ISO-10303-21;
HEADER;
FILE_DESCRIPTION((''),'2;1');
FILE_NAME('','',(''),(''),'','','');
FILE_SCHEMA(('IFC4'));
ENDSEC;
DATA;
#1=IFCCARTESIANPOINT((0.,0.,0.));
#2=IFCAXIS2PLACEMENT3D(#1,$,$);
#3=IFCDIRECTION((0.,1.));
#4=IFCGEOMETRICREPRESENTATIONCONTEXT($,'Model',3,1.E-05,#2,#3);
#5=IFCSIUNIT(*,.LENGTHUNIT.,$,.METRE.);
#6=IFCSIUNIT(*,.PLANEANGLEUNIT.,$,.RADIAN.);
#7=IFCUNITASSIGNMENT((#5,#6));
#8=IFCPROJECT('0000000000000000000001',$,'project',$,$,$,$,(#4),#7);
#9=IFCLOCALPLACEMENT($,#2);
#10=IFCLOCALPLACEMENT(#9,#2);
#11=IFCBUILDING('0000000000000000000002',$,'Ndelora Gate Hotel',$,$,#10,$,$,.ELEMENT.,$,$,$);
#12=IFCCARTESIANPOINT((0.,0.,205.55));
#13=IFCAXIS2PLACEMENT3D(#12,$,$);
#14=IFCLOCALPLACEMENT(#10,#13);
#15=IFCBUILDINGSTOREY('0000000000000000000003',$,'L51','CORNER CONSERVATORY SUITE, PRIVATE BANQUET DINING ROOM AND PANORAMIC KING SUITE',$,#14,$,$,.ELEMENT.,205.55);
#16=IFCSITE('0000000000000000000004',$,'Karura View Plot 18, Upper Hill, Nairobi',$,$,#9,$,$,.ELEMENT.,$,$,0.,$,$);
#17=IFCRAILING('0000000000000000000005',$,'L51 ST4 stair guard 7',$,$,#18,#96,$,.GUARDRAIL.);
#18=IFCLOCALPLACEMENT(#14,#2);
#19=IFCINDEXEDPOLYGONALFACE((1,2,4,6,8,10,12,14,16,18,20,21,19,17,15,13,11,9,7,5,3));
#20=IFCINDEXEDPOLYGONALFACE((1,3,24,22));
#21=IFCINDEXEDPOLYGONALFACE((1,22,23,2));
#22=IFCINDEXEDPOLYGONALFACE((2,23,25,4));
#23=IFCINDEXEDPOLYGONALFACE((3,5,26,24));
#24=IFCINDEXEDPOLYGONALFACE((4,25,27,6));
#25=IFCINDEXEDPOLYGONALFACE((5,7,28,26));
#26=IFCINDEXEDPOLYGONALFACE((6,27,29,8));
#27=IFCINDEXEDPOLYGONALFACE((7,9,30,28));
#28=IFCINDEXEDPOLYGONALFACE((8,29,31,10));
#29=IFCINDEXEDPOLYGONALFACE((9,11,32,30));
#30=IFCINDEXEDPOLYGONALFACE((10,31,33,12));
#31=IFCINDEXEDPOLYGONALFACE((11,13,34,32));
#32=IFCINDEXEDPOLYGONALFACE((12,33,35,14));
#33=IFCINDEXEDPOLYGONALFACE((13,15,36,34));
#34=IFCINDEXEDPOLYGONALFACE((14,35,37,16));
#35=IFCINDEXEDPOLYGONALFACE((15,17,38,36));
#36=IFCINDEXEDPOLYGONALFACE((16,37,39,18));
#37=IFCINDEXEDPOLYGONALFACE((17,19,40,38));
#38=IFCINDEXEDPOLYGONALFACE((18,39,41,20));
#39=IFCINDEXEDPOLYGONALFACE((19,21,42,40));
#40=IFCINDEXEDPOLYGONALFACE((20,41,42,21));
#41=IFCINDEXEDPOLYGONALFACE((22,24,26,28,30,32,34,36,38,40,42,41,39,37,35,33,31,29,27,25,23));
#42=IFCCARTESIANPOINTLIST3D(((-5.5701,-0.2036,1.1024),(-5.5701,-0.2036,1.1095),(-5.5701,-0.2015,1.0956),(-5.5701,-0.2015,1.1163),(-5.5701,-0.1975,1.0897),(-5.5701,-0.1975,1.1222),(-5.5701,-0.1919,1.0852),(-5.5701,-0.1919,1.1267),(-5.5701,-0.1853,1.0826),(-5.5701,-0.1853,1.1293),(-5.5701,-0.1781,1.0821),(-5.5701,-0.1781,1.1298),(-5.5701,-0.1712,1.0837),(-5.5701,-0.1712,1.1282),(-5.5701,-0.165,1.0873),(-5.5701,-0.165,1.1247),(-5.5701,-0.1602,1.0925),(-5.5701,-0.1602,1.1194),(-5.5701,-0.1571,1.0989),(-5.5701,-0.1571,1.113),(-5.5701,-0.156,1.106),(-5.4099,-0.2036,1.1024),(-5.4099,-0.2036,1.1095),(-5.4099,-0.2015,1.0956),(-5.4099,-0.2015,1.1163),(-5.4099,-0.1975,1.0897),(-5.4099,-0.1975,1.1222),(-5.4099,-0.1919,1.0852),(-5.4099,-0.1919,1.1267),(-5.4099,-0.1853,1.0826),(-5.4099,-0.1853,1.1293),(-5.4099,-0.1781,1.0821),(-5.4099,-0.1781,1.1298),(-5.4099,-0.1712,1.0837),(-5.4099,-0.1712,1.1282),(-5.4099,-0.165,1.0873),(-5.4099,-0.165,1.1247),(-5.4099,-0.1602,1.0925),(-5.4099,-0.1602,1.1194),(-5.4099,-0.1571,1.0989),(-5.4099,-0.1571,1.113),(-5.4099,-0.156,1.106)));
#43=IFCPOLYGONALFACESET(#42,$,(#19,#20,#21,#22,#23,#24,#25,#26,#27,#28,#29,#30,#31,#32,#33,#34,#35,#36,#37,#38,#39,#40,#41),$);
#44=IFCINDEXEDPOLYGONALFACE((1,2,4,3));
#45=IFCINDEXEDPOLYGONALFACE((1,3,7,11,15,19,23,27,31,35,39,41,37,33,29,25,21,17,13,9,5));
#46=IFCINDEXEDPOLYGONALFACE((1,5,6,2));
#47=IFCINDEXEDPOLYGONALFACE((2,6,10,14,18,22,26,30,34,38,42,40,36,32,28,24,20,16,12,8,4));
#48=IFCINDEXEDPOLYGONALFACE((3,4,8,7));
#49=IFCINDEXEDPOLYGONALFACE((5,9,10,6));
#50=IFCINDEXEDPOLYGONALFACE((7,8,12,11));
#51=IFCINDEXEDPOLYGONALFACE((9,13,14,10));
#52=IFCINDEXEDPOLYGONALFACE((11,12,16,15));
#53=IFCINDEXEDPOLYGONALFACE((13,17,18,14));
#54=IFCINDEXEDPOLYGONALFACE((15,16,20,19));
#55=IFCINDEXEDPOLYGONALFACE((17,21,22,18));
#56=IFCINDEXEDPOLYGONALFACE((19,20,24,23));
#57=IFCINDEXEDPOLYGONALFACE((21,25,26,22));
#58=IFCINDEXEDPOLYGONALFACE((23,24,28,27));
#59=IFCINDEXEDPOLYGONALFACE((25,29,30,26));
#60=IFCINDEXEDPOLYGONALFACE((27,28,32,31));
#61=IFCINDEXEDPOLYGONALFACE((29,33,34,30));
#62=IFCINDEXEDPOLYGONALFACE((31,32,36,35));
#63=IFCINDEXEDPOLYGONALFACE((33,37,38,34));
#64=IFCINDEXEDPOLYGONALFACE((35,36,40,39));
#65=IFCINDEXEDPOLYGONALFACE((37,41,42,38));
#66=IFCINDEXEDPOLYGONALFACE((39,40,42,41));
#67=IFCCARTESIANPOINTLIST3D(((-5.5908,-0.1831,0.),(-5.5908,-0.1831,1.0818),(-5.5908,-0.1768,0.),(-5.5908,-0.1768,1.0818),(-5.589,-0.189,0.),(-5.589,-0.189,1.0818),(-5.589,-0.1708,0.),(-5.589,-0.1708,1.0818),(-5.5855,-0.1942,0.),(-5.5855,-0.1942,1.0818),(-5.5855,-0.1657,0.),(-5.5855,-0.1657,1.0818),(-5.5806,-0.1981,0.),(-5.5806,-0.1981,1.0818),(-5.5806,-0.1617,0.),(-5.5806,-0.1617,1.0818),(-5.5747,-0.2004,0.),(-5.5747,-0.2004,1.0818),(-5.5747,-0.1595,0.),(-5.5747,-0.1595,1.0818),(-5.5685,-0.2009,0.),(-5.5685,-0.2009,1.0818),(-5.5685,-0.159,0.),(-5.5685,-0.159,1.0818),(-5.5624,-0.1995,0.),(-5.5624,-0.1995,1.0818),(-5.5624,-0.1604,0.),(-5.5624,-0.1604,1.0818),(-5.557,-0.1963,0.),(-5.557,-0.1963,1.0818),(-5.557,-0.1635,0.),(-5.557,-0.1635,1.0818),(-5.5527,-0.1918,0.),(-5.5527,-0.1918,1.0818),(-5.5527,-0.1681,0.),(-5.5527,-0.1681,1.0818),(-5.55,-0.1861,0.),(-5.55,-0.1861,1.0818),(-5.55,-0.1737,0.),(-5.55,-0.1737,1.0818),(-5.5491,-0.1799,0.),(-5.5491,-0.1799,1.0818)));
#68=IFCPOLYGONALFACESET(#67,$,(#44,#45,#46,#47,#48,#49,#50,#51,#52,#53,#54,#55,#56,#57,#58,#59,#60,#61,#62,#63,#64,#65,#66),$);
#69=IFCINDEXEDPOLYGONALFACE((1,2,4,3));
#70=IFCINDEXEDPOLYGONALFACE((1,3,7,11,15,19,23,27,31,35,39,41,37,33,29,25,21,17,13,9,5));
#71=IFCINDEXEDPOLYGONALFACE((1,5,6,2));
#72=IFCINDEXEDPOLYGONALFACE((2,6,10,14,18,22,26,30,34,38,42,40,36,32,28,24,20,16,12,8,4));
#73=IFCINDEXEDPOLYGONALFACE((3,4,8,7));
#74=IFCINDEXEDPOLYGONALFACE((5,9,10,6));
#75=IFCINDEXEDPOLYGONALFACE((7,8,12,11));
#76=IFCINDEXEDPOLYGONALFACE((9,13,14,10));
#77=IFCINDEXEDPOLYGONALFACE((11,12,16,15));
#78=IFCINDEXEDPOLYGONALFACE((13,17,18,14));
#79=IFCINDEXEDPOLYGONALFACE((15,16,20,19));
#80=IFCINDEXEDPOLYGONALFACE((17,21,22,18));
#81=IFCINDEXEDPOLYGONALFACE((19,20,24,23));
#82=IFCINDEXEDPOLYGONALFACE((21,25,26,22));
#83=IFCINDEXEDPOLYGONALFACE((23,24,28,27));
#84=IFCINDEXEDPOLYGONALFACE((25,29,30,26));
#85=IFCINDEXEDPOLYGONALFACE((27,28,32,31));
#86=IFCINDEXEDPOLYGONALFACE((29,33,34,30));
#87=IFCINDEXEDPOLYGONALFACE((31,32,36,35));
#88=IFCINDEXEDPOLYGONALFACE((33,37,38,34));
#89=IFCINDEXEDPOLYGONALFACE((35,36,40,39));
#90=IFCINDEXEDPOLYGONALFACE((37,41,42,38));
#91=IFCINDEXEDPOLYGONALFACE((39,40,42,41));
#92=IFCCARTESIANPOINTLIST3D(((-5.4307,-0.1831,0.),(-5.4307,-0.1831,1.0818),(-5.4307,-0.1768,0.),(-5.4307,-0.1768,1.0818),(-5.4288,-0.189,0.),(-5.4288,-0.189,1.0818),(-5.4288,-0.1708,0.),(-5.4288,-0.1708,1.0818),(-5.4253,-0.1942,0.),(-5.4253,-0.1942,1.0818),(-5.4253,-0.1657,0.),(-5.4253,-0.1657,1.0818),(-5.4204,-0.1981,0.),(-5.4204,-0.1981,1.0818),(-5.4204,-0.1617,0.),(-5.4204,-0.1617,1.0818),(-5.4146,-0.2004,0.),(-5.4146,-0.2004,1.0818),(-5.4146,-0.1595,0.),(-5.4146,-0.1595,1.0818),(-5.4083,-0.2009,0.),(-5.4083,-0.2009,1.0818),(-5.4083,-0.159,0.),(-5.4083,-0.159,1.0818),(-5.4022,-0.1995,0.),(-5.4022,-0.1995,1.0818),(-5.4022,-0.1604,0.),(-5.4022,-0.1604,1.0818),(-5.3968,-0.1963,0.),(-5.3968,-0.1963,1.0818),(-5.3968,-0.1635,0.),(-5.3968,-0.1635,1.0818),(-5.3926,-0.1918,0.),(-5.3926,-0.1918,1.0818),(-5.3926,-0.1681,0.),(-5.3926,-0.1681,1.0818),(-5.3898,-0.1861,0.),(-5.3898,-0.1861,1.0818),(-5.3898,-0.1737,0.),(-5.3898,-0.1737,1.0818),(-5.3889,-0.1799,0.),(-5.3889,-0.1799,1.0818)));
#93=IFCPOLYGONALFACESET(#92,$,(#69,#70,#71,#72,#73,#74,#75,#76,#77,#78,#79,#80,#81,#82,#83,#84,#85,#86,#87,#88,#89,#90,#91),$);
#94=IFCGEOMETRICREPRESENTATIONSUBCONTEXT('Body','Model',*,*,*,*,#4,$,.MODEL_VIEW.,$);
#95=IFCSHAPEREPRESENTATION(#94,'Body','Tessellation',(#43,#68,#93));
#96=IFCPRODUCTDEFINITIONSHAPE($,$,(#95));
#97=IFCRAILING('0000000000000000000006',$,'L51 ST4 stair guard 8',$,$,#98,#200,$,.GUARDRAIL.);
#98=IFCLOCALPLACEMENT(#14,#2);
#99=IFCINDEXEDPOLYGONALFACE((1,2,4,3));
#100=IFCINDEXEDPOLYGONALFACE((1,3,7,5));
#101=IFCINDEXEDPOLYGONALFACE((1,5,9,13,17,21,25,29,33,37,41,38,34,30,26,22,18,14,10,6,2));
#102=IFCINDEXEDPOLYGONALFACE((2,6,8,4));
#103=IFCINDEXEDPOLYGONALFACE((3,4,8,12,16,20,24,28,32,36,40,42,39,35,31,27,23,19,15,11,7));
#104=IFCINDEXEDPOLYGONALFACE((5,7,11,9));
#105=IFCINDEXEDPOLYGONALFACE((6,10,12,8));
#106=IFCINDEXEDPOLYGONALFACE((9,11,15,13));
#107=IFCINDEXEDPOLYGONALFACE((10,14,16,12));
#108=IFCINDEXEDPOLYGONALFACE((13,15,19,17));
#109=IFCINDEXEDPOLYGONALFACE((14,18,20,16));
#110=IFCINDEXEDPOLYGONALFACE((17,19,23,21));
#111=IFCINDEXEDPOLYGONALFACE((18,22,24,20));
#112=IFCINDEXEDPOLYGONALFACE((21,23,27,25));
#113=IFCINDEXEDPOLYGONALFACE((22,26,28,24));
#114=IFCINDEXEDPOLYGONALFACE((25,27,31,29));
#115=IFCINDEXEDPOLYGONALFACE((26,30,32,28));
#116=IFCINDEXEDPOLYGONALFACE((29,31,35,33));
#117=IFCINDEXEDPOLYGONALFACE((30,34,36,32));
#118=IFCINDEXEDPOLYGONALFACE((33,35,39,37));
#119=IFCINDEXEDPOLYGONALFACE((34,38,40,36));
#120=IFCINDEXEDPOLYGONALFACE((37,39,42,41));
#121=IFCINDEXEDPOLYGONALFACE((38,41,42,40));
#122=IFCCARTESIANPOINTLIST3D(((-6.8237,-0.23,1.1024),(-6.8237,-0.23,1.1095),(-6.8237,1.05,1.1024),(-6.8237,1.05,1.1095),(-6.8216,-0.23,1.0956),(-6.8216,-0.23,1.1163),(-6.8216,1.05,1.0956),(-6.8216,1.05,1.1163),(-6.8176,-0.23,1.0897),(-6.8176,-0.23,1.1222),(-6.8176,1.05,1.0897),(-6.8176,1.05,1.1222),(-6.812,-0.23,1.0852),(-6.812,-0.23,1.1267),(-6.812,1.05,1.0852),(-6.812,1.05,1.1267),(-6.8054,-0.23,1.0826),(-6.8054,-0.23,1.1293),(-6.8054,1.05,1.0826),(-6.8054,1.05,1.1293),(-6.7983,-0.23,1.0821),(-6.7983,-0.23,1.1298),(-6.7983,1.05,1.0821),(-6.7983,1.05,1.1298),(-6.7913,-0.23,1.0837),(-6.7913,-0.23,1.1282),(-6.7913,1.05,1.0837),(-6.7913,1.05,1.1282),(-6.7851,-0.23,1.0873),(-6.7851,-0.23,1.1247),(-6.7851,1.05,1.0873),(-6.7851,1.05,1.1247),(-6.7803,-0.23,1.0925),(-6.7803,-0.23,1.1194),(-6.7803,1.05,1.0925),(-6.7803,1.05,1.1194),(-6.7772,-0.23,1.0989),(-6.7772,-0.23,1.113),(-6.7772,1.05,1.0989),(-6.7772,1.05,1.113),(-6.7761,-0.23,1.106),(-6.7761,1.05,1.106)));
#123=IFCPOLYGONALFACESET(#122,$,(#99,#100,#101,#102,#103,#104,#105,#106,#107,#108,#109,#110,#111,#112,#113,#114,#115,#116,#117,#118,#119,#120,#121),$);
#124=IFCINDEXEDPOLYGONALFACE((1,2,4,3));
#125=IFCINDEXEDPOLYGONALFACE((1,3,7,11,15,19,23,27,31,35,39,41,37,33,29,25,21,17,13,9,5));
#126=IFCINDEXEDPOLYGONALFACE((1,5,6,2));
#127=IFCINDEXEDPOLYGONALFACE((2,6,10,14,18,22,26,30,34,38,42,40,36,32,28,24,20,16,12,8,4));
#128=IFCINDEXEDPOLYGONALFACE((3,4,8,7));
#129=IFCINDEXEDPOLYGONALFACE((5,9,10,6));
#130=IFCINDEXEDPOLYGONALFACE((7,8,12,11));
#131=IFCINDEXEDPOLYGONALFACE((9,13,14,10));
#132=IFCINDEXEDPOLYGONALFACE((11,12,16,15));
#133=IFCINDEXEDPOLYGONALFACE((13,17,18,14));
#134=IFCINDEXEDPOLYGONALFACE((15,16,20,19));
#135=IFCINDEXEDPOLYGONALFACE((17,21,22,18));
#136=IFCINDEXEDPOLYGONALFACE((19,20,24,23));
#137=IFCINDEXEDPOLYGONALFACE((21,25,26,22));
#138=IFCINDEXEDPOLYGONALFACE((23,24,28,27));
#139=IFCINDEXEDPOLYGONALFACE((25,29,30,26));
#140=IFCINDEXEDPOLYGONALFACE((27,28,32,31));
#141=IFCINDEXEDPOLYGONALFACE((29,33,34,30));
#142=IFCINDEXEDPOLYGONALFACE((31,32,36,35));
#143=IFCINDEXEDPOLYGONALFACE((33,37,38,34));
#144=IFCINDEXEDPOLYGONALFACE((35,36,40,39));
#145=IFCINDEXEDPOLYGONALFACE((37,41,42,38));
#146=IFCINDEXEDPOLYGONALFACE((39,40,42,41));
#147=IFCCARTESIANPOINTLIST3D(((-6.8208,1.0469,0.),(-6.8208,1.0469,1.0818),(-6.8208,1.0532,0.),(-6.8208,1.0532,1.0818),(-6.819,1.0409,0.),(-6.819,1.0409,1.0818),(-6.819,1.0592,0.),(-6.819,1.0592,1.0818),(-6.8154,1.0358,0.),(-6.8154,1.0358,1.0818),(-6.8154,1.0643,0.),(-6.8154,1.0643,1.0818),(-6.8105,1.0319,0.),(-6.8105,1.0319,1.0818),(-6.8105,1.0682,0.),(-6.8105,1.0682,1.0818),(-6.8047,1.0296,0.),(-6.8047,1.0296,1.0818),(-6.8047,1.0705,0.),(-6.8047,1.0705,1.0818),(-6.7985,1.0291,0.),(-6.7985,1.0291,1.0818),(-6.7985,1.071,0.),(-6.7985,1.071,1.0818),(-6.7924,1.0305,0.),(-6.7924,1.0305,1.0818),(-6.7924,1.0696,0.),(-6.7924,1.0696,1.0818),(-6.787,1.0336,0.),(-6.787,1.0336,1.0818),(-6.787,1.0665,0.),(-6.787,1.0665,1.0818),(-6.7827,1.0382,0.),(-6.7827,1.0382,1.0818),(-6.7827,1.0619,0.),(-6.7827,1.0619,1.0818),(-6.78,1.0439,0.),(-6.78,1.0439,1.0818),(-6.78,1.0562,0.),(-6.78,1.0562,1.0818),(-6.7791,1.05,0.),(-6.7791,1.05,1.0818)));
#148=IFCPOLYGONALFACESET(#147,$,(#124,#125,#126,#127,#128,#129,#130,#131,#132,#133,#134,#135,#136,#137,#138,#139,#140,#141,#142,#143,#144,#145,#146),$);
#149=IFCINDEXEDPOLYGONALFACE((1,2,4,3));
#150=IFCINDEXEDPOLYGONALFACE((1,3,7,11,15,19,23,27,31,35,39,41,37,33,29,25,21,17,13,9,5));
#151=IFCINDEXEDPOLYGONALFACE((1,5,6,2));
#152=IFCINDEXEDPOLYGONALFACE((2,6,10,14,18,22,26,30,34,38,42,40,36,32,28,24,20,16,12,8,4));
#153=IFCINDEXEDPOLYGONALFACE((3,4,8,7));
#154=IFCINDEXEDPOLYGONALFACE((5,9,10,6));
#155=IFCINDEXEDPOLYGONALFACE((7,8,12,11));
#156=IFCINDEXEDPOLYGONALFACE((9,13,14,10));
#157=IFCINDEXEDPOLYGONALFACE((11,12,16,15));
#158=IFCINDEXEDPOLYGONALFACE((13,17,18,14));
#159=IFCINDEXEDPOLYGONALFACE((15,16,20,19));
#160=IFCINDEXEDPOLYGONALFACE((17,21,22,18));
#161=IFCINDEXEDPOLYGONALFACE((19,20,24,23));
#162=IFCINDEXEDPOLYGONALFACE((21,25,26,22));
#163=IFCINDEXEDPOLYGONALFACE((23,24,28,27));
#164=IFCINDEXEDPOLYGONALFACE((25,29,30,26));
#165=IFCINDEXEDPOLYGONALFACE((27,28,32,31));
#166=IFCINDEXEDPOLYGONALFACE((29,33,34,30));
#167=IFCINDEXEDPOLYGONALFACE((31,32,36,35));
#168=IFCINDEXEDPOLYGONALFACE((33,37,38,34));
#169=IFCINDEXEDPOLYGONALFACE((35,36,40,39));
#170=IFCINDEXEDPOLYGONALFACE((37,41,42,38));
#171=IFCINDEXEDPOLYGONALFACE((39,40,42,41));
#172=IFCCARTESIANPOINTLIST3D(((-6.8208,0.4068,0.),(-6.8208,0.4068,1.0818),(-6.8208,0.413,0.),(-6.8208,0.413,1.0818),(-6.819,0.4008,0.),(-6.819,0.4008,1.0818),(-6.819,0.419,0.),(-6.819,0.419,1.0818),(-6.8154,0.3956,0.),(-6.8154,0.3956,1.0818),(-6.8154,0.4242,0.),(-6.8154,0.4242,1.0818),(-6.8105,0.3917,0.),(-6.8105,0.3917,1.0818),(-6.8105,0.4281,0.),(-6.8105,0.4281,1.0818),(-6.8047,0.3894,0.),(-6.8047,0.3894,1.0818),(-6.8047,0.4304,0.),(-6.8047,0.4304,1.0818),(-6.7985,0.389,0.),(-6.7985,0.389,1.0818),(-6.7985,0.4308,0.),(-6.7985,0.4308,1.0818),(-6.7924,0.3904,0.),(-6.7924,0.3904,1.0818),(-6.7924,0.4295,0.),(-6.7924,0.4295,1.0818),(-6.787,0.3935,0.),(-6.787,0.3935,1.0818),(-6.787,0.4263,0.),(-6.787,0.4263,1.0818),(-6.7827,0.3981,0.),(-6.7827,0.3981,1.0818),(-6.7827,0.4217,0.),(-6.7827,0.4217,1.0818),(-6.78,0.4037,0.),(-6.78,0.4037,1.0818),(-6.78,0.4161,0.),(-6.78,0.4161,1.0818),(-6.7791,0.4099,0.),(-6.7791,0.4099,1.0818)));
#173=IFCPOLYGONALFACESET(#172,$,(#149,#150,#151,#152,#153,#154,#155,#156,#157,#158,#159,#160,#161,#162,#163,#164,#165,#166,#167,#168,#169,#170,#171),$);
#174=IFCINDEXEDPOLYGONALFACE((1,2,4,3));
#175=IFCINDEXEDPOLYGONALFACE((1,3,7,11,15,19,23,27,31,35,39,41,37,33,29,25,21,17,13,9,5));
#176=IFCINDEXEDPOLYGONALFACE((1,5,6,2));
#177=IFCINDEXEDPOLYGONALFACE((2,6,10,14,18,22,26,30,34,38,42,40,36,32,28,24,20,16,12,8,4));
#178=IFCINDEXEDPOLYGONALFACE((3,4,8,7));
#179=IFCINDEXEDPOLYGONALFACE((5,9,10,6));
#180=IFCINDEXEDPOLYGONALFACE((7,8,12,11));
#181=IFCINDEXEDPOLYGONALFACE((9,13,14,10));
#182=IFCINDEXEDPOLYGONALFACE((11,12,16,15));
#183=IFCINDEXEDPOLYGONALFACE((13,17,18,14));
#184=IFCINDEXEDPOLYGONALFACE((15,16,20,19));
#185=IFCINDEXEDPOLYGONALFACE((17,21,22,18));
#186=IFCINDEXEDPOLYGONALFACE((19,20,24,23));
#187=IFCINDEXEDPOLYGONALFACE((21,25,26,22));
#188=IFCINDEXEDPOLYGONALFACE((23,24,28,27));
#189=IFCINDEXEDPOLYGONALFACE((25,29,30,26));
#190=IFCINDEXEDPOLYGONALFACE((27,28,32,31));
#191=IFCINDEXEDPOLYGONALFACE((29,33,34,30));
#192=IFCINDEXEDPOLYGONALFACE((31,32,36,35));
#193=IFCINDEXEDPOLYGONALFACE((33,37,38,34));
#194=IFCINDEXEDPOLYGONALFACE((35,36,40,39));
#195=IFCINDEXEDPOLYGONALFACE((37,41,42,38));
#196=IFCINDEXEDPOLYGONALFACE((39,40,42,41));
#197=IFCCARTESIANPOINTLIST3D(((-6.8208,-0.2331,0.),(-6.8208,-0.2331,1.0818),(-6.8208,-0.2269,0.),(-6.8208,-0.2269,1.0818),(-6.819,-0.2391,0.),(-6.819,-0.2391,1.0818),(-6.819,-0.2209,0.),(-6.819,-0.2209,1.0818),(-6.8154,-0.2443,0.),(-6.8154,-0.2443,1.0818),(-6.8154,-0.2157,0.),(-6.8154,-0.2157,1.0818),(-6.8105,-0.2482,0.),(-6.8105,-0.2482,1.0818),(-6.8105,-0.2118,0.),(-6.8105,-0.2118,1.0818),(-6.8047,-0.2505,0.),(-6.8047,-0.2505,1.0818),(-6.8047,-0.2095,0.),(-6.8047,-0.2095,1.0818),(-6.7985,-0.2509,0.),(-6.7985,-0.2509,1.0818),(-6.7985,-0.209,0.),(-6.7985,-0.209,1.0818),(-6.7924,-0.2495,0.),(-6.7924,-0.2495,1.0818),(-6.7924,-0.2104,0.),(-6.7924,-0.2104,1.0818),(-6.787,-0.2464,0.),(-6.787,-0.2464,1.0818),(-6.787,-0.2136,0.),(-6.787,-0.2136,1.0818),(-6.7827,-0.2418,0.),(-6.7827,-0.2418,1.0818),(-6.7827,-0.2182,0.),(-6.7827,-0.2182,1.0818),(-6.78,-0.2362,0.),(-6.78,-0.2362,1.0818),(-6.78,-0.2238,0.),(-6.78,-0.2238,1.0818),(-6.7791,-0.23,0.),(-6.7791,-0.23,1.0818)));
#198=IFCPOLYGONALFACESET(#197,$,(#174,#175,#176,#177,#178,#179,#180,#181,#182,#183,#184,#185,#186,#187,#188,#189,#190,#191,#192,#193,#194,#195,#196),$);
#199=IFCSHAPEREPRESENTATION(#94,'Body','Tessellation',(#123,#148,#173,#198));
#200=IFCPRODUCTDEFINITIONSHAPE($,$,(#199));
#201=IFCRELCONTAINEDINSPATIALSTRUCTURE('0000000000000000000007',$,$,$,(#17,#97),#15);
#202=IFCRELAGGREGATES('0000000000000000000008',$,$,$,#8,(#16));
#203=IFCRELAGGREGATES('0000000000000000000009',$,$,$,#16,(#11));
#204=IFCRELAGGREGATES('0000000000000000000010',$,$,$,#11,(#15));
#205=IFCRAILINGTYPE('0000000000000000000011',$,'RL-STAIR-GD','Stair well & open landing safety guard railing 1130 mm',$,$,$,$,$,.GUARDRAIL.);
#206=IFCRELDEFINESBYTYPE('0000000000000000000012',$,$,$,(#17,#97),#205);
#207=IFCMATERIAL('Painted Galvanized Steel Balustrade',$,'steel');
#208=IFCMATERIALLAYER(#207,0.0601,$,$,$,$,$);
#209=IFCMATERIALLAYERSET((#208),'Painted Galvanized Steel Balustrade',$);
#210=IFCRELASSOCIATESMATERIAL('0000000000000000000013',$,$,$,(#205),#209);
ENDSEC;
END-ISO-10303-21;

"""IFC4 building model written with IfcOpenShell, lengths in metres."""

from ifc_helpers import new_model, si_unit, direction, frame, origin, origin_2d, place, context, subcontext, project, spatial, circle, extrude, material, layer, layer_set, type_object, element, save


model = new_model("IFC4")

# Units and contexts
model_context = context("Model", 3, precision=1e-05, world=origin(), true_north=direction((0.0, 1.0)))
body_context = subcontext(model_context, "Body", "Model", "MODEL_VIEW")
ifc_project = project(units=[si_unit("LENGTHUNIT", "METRE"), si_unit("PLANEANGLEUNIT", "RADIAN")], contexts=[model_context])

# Site, building, storey
site_placement = place(None, origin())
site = spatial("IfcSite", under=ifc_project, at=site_placement, Name="Karura View Plot 18, Upper Hill, Nairobi", CompositionType="ELEMENT", RefElevation=0.0)
building_placement = place(site_placement, origin())
building = spatial("IfcBuilding", under=site, at=building_placement, Name="Ndelora Gate Hotel", CompositionType="ELEMENT")
storey_placement = place(building_placement, frame((0.0, 0.0, 205.55)))
storey = spatial("IfcBuildingStorey", under=building, at=storey_placement, Name="L51", Description="CORNER CONSERVATORY SUITE, PRIVATE BANQUET DINING ROOM AND PANORAMIC KING SUITE", CompositionType="ELEMENT", Elevation=205.55)

# Railings
ifc_material_1 = material(Name="Painted Galvanized Steel Balustrade", Category="steel")
ifc_layer_1 = layer(ifc_material_1, 0.0601)
ifc_layer_set_1 = layer_set([ifc_layer_1], Name="Painted Galvanized Steel Balustrade")
railing_type = type_object("IfcRailingType", Name="RL-STAIR-GD", Description="Stair well & open landing safety guard railing 1130 mm", PredefinedType="GUARDRAIL", material=ifc_layer_set_1)
railing_1_placement = place(storey_placement, frame((-5.5701, -0.1799, 0.0)))
element("IfcRailing", 1, at=railing_1_placement, inside=storey, type_object=railing_type, Name="L51 ST4 stair guard 7", PredefinedType="GUARDRAIL", context=body_context, shape_type="SweptSolid", body=[
    extrude(circle(Radius=0.0239, at=origin_2d()), frame((0.0, 0.0, 1.106), z_axis=(1.0, 0.0, 0.0), x_axis=(0.0, 1.0, 0.0)), (0.0, 0.0, 1.0), 0.1602),
    extrude(circle(Radius=0.021, at=origin_2d()), origin(), (0.0, 0.0, 1.0), 1.0818),
    extrude(circle(Radius=0.021, at=origin_2d()), frame((0.1602, 0.0, 0.0)), (0.0, 0.0, 1.0), 1.0818),
])
for number, where, name in (
    (2, (-6.8, 1.05, 0.0), "L51 ST4 stair guard 8"),
):
    element("IfcRailing", number, at=place(storey_placement, frame(where)), inside=storey, type_object=railing_type, Name=name, PredefinedType="GUARDRAIL", context=body_context, shape_type="SweptSolid", body=[
        extrude(circle(Radius=0.0239, at=origin_2d()), frame((0.0, 0.0, 1.106), z_axis=(0.0, -1.0, 0.0), x_axis=(1.0, 0.0, 0.0)), (0.0, 0.0, 1.0), 1.28),
        extrude(circle(Radius=0.021, at=origin_2d()), origin(), (0.0, 0.0, 1.0), 1.0818),
        extrude(circle(Radius=0.021, at=origin_2d()), frame((0.0, -0.6401, 0.0)), (0.0, 0.0, 1.0), 1.0818),
        extrude(circle(Radius=0.021, at=origin_2d()), frame((0.0, -1.28, 0.0)), (0.0, 0.0, 1.0), 1.0818),
    ])

save(model, "model.ifc")
